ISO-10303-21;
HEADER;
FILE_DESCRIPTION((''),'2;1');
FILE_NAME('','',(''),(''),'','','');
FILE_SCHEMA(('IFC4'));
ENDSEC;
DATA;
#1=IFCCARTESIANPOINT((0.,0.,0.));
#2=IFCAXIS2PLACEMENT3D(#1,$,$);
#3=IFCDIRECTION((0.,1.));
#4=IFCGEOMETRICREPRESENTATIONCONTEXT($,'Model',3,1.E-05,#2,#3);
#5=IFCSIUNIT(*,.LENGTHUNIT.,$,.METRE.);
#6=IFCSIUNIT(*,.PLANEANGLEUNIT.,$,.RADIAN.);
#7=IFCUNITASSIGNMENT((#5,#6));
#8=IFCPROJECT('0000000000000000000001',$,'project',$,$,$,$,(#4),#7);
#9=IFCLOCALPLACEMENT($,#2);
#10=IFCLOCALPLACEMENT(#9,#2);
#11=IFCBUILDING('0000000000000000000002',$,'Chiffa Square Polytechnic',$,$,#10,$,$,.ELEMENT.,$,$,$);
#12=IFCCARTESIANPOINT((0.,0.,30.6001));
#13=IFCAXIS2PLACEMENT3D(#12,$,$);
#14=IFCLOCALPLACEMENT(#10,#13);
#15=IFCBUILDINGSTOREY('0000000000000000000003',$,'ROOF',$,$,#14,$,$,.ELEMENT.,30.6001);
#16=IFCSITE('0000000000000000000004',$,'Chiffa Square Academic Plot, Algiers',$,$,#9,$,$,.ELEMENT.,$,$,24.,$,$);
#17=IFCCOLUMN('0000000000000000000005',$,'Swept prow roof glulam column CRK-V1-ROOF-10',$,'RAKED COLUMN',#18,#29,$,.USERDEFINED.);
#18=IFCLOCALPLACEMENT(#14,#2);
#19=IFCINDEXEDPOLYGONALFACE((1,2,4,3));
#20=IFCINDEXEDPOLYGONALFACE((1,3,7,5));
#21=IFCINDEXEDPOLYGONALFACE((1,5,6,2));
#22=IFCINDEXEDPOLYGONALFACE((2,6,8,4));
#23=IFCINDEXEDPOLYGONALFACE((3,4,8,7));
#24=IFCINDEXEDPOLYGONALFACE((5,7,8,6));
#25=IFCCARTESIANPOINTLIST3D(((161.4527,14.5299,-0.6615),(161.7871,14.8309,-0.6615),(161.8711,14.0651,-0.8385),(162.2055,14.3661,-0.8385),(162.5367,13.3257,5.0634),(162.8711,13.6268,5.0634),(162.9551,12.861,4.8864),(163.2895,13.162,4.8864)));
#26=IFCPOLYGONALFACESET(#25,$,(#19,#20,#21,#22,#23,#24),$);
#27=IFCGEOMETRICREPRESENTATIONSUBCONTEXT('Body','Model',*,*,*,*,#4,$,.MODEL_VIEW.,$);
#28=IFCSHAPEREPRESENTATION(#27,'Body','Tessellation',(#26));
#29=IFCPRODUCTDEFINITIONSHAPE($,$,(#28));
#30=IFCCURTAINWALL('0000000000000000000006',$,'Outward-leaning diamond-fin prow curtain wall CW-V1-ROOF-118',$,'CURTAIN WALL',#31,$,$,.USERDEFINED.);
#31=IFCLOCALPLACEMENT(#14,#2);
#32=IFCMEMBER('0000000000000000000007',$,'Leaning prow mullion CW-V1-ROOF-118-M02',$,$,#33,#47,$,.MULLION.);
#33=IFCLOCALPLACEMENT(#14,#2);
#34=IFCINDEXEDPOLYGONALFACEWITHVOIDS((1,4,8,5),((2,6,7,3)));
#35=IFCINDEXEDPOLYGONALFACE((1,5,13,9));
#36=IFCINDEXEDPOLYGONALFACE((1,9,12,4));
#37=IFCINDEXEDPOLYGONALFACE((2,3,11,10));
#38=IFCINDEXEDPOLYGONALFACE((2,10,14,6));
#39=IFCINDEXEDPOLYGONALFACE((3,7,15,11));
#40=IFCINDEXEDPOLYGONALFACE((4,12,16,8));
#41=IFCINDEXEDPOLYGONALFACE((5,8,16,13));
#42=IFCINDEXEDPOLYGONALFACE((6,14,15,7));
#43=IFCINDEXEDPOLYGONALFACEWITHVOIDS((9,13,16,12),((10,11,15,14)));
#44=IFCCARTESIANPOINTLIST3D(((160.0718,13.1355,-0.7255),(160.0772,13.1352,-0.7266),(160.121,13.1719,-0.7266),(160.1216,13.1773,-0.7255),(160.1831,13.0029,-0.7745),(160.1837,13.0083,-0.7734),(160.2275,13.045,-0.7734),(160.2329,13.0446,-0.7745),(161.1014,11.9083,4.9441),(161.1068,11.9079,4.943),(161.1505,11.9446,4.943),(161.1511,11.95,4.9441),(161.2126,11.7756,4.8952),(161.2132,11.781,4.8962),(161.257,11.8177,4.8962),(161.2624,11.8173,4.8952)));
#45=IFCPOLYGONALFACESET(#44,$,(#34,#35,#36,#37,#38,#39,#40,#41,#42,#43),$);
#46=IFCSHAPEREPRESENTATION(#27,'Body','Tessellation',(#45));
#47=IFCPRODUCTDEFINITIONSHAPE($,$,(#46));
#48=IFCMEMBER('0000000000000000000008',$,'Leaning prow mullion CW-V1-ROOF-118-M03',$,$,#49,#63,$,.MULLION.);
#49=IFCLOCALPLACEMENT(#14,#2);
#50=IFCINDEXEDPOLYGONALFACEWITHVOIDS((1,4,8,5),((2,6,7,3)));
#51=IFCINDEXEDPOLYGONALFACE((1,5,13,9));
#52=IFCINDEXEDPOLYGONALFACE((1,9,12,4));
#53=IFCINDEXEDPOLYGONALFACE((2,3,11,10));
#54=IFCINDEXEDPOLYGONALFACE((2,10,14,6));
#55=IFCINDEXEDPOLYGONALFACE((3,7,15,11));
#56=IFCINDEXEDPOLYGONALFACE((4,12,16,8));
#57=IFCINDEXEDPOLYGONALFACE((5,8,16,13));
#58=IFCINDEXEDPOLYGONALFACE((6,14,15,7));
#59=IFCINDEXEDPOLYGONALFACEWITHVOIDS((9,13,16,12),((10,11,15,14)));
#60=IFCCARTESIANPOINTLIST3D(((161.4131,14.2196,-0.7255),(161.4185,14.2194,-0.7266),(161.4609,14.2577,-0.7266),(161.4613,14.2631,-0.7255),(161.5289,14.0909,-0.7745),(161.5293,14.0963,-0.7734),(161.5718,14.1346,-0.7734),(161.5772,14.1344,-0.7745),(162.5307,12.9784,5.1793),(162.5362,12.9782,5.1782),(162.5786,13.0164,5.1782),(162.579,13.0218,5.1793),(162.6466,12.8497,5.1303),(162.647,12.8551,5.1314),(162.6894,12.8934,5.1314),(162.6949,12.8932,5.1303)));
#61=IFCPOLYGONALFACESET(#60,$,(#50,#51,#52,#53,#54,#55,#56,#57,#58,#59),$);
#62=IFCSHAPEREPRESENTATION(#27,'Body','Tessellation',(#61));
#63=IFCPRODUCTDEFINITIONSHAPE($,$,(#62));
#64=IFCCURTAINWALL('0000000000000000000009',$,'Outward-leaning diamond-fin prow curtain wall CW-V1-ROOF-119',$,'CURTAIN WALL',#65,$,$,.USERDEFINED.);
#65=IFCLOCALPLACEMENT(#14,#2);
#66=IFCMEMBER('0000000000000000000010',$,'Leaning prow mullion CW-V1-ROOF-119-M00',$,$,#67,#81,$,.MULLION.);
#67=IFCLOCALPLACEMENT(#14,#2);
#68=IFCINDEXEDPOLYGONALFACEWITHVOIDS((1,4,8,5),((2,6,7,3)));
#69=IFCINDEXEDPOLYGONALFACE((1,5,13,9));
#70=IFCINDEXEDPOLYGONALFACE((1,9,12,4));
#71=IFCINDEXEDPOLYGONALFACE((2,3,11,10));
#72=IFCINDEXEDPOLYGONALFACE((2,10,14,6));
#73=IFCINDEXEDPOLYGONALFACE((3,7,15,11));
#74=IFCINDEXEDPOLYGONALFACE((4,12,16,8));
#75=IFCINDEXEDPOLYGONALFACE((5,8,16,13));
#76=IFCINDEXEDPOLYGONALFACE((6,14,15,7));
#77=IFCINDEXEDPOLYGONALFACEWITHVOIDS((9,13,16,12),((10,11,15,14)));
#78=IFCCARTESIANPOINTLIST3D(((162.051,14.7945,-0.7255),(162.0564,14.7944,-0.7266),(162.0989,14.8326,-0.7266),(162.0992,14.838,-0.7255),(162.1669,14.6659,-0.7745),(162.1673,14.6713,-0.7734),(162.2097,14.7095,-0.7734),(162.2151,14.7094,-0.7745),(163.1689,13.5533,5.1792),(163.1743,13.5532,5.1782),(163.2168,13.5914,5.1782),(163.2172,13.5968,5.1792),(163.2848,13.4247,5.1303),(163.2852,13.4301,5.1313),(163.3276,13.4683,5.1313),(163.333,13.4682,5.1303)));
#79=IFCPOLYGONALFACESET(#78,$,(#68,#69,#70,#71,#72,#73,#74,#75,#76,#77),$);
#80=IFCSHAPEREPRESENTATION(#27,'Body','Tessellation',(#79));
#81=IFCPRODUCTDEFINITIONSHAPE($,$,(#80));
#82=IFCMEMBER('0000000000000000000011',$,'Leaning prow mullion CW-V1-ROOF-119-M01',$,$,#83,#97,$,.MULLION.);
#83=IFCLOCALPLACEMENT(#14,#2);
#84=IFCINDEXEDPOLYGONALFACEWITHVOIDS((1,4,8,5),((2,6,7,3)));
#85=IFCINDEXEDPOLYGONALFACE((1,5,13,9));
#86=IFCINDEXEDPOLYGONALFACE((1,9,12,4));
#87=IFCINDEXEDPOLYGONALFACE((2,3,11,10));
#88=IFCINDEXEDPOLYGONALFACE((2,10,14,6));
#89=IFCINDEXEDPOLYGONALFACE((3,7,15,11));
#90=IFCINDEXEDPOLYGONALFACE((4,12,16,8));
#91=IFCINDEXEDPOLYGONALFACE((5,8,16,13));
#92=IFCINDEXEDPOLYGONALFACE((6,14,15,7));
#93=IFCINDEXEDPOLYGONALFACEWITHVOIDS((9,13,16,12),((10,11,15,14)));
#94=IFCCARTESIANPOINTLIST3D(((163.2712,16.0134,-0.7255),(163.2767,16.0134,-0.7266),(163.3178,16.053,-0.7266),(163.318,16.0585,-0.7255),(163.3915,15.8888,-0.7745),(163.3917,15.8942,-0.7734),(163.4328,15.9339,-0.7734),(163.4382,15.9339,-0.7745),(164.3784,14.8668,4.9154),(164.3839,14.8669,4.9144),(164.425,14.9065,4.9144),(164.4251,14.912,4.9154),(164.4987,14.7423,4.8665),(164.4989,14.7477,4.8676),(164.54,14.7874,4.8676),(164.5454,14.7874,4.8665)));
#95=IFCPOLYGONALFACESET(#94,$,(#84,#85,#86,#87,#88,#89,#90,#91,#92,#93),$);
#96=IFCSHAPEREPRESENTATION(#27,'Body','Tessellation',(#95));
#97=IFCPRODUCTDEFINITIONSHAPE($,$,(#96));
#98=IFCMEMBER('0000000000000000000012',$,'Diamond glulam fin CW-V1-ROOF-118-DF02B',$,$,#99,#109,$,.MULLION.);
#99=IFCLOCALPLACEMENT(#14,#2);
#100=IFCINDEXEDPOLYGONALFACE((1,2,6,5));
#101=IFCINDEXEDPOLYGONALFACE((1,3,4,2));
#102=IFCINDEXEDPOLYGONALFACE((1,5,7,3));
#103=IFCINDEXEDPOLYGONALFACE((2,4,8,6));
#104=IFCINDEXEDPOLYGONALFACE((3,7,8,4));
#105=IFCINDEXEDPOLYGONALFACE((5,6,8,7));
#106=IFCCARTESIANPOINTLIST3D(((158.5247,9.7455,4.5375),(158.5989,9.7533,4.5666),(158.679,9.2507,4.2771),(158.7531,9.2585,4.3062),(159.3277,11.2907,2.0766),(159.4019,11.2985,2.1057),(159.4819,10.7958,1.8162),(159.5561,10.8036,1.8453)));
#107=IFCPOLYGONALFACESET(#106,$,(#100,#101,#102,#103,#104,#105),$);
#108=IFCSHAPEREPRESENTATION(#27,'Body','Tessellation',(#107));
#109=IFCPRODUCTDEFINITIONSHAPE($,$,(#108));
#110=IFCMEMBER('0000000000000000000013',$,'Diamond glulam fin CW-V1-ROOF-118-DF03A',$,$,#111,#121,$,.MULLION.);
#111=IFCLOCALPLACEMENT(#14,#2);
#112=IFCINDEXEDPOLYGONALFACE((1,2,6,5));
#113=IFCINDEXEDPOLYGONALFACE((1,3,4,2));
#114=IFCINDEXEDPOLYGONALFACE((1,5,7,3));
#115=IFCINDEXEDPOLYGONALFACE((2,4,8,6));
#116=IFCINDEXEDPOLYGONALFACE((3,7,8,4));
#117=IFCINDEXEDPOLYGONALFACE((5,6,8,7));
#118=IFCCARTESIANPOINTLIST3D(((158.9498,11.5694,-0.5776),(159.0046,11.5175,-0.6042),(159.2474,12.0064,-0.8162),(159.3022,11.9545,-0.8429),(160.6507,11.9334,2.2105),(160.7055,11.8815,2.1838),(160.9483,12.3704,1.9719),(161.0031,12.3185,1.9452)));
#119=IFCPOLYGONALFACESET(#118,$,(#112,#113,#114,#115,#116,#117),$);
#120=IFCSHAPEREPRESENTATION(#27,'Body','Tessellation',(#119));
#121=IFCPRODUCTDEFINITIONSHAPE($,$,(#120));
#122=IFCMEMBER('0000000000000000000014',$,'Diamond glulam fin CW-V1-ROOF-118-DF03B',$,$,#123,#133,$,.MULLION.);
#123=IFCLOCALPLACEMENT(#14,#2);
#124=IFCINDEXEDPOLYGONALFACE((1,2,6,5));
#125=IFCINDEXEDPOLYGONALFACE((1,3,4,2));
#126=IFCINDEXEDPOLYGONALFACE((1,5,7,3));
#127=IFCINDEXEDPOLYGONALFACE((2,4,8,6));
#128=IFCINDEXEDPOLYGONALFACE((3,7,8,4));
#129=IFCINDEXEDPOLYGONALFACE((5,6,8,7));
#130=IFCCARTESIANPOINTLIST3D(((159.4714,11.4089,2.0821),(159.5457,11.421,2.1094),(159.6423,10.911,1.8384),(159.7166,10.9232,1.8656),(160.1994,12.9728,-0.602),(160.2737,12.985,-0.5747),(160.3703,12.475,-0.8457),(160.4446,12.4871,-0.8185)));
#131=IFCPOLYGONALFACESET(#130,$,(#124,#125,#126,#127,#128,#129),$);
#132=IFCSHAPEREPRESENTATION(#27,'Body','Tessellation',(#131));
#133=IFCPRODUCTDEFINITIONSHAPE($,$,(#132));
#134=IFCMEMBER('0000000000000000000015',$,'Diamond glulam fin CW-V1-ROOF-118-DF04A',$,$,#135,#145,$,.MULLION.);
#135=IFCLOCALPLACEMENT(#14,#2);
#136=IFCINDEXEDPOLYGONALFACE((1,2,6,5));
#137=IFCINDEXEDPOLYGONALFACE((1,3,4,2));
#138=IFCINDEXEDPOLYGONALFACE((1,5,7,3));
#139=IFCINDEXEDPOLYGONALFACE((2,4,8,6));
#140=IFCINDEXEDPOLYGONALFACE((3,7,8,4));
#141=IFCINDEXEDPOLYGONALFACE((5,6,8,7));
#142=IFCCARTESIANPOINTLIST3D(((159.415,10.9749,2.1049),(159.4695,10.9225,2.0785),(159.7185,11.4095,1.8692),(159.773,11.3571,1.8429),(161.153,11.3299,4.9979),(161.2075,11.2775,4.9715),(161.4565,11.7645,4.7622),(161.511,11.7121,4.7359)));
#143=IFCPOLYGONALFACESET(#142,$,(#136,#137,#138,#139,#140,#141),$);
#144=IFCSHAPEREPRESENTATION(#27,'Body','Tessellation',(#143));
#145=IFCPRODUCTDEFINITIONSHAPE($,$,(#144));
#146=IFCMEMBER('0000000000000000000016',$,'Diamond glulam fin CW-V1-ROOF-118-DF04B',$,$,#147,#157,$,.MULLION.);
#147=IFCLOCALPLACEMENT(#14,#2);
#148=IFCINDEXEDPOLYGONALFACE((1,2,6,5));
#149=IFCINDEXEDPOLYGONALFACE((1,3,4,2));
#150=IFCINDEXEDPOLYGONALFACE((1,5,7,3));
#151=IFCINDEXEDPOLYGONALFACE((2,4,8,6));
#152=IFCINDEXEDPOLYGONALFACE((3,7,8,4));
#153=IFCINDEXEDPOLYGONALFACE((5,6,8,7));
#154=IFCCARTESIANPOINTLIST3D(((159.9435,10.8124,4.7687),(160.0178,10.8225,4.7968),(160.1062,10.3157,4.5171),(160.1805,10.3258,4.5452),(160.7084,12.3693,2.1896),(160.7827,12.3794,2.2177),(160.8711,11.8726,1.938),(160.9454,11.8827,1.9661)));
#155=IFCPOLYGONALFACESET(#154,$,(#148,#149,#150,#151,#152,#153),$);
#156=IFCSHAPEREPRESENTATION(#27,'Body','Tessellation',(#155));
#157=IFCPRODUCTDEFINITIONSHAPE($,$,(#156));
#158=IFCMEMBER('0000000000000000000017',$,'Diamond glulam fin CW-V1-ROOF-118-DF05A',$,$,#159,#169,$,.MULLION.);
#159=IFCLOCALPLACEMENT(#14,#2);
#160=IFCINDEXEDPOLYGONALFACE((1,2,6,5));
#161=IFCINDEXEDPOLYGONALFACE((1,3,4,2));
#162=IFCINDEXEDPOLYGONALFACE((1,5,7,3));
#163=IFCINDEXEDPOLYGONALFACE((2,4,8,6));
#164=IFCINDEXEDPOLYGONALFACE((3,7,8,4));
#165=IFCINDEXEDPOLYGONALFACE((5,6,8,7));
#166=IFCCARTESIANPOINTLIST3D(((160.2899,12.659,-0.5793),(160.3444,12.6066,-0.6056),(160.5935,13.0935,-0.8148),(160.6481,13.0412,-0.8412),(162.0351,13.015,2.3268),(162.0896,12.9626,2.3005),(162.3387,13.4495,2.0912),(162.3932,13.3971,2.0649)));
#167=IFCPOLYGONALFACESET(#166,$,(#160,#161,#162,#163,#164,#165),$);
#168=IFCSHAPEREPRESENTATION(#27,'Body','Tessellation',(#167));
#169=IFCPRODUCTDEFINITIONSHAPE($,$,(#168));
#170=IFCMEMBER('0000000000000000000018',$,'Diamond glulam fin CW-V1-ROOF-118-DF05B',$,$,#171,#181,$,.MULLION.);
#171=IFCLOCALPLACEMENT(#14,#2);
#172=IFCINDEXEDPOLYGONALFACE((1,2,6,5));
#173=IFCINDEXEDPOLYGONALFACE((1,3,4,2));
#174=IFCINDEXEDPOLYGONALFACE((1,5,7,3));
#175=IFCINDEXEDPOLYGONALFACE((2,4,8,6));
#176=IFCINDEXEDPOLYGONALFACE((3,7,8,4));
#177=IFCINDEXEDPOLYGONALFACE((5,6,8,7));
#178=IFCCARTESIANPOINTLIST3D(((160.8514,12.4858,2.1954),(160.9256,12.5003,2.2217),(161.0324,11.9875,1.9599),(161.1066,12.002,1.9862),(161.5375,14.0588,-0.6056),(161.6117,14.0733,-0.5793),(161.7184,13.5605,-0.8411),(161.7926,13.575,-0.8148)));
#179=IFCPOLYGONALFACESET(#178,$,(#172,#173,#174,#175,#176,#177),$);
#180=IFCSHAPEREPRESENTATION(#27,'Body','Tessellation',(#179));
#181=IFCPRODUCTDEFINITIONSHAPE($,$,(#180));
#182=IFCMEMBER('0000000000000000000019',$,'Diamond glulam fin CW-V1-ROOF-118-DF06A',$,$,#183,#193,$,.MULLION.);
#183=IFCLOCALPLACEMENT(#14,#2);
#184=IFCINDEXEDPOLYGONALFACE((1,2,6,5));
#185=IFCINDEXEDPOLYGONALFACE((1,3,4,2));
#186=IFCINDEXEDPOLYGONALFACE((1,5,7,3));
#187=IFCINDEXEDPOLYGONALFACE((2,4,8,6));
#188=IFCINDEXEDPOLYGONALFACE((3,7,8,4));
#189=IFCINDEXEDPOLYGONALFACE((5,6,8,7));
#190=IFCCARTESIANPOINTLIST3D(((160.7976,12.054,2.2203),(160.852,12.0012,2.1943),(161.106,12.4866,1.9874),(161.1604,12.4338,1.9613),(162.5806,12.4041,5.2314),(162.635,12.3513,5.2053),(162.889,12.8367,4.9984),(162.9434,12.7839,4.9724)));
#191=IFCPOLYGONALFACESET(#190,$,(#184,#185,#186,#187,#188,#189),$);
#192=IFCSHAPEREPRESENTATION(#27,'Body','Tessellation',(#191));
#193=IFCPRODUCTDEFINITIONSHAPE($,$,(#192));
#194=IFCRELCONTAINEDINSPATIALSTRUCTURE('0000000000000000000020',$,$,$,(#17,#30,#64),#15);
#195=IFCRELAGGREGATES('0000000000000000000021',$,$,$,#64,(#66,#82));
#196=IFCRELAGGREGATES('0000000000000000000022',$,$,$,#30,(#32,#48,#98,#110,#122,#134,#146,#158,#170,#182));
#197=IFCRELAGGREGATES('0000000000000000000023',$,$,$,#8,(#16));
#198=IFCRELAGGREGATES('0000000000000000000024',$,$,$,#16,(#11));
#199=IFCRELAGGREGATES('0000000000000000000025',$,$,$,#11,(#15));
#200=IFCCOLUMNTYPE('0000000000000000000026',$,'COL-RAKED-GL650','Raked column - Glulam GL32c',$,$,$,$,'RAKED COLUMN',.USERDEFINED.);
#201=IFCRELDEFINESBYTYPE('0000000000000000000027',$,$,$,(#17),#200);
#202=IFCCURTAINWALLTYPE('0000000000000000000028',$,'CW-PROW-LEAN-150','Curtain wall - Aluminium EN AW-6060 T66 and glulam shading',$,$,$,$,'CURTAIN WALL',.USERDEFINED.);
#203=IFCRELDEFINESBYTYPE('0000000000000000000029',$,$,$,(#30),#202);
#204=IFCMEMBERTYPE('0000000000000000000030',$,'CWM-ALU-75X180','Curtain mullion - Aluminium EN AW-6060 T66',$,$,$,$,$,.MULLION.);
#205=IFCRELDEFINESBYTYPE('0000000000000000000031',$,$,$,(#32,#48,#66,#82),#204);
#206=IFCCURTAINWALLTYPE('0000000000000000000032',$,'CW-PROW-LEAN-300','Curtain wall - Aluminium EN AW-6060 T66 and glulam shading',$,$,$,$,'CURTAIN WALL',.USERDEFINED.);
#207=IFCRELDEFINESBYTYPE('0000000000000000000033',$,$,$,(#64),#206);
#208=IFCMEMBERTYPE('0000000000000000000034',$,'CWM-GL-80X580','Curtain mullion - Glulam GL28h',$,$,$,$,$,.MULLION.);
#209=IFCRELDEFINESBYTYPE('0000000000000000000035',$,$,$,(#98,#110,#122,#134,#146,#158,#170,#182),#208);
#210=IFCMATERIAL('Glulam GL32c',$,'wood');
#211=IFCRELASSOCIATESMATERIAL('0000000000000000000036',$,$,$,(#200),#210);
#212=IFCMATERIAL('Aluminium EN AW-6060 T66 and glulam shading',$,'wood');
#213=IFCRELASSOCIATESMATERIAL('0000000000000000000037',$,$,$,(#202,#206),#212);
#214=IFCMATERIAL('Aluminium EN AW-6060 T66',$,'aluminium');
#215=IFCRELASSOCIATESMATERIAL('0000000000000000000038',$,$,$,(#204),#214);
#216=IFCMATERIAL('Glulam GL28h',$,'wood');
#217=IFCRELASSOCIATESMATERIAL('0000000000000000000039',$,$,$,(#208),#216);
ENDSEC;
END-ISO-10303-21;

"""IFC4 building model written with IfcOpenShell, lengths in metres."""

from ifc_helpers import new_model, si_unit, direction, frame, origin, origin_2d, place, context, subcontext, project, spatial, rectangle, hollow_rectangle, extrude, material, material_profile, profile_set, type_object, element, aggregate, save


model = new_model("IFC4")

# Units and contexts
model_context = context("Model", 3, precision=1e-05, world=origin(), true_north=direction((0.0, 1.0)))
body_context = subcontext(model_context, "Body", "Model", "MODEL_VIEW")
ifc_project = project(units=[si_unit("LENGTHUNIT", "METRE"), si_unit("PLANEANGLEUNIT", "RADIAN")], contexts=[model_context])

# Site, building, storey
site_placement = place(None, origin())
site = spatial("IfcSite", under=ifc_project, at=site_placement, Name="Chiffa Square Academic Plot, Algiers", CompositionType="ELEMENT", RefElevation=24.0)
building_placement = place(site_placement, origin())
building = spatial("IfcBuilding", under=site, at=building_placement, Name="Chiffa Square Polytechnic", CompositionType="ELEMENT")
storey_placement = place(building_placement, frame((0.0, 0.0, 30.6001)))
storey = spatial("IfcBuildingStorey", under=building, at=storey_placement, Name="ROOF", CompositionType="ELEMENT", Elevation=30.6001)

# Column
ifc_material_1 = material(Name="Glulam GL32c", Category="wood")
ifc_material_profile_1 = material_profile(ifc_material_1, rectangle(XDim=0.45, YDim=0.6499, at=origin_2d()), Name="GL32c 450x650")
ifc_profile_set_1 = profile_set([ifc_material_profile_1], Name="Glulam GL32c")
column_type = type_object("IfcColumnType", Name="COL-RAKED-GL650", Description="Raked column - Glulam GL32c", ElementType="RAKED COLUMN", PredefinedType="USERDEFINED", material=ifc_profile_set_1)
column_placement = place(storey_placement, frame((161.8291, 14.448, -0.75), z_axis=(0.182192, -0.20238, 0.96221), x_axis=(0.743204, 0.669065, 0.0)))
element("IfcColumn", 1, at=column_placement, inside=storey, type_object=column_type, Name="Swept prow roof glulam column CRK-V1-ROOF-10", ObjectType="RAKED COLUMN", PredefinedType="USERDEFINED", context=body_context, shape_type="SweptSolid", body=[
    extrude(rectangle(XDim=0.45, YDim=0.6499, at=origin_2d()), origin(), (0.0, 0.0, 1.0), 5.9497),
])

# Curtain walls, members
ifc_material_2 = material(Name="Aluminium EN AW-6060 T66 and glulam shading", Category="wood")
curtain_wall_type_1 = type_object("IfcCurtainWallType", Name="CW-PROW-LEAN-150", Description="Curtain wall - Aluminium EN AW-6060 T66 and glulam shading", ElementType="CURTAIN WALL", PredefinedType="USERDEFINED", material=ifc_material_2)
curtain_wall_1_placement = place(storey_placement, origin())
curtain_wall_1 = element("IfcCurtainWall", 2, at=curtain_wall_1_placement, inside=storey, type_object=curtain_wall_type_1, Name="Outward-leaning diamond-fin prow curtain wall CW-V1-ROOF-118", ObjectType="CURTAIN WALL", PredefinedType="USERDEFINED")
ifc_material_3 = material(Name="Aluminium EN AW-6060 T66", Category="aluminium")
ifc_material_profile_2 = material_profile(ifc_material_3, hollow_rectangle(XDim=0.0649, YDim=0.1799, WallThickness=0.0039, at=origin_2d()), Name="ALU 65x180x4")
ifc_profile_set_2 = profile_set([ifc_material_profile_2], Name="Aluminium EN AW-6060 T66")
member_type_1 = type_object("IfcMemberType", Name="CWM-ALU-75X180", Description="Curtain mullion - Aluminium EN AW-6060 T66", PredefinedType="MULLION", material=ifc_profile_set_2)
member_1_placement = place(storey_placement, frame((160.1523, 13.0901, -0.75), z_axis=(0.174746, -0.208311, 0.962325), x_axis=(0.766131, 0.642684, 0.0)))
member_1 = element("IfcMember", 3, at=member_1_placement, type_object=member_type_1, Name="Leaning prow mullion CW-V1-ROOF-118-M02", PredefinedType="MULLION", context=body_context, shape_type="SweptSolid", body=[
    extrude(hollow_rectangle(XDim=0.0649, YDim=0.1799, WallThickness=0.0039, at=origin_2d()), origin(), (0.0, 0.0, 1.0), 5.8916),
])
member_2_placement = place(storey_placement, frame((161.4951, 14.177, -0.75), z_axis=(0.182137, -0.202268, 0.962244), x_axis=(0.74312, 0.669159, 0.0)))
member_2 = element("IfcMember", 4, at=member_2_placement, type_object=member_type_1, Name="Leaning prow mullion CW-V1-ROOF-118-M03", PredefinedType="MULLION", context=body_context, shape_type="SweptSolid", body=[
    extrude(hollow_rectangle(XDim=0.0649, YDim=0.1799, WallThickness=0.0039, at=origin_2d()), origin(), (0.0, 0.0, 1.0), 6.1365),
])
curtain_wall_type_2 = type_object("IfcCurtainWallType", Name="CW-PROW-LEAN-300", Description="Curtain wall - Aluminium EN AW-6060 T66 and glulam shading", ElementType="CURTAIN WALL", PredefinedType="USERDEFINED", material=ifc_material_2)
curtain_wall_2_placement = place(storey_placement, origin())
curtain_wall_2 = element("IfcCurtainWall", 5, at=curtain_wall_2_placement, inside=storey, type_object=curtain_wall_type_2, Name="Outward-leaning diamond-fin prow curtain wall CW-V1-ROOF-119", ObjectType="CURTAIN WALL", PredefinedType="USERDEFINED")
member_3_placement = place(storey_placement, frame((162.1331, 14.752, -0.75), z_axis=(0.182175, -0.202266, 0.962237), x_axis=(0.743047, 0.669239, 0.0)))
member_3 = element("IfcMember", 6, at=member_3_placement, type_object=member_type_1, Name="Leaning prow mullion CW-V1-ROOF-119-M00", PredefinedType="MULLION", context=body_context, shape_type="SweptSolid", body=[
    extrude(hollow_rectangle(XDim=0.0649, YDim=0.1799, WallThickness=0.0039, at=origin_2d()), origin(), (0.0, 0.0, 1.0), 6.1365),
])
member_4_placement = place(storey_placement, frame((163.3547, 15.9736, -0.75), z_axis=(0.188883, -0.195589, 0.962324), x_axis=(0.71933, 0.694668, 0.0)))
member_4 = element("IfcMember", 7, at=member_4_placement, type_object=member_type_1, Name="Leaning prow mullion CW-V1-ROOF-119-M01", PredefinedType="MULLION", context=body_context, shape_type="SweptSolid", body=[
    extrude(hollow_rectangle(XDim=0.0649, YDim=0.1799, WallThickness=0.0039, at=origin_2d()), origin(), (0.0, 0.0, 1.0), 5.8618),
])

# Members
ifc_material_4 = material(Name="Glulam GL28h", Category="wood")
ifc_material_profile_3 = material_profile(ifc_material_4, rectangle(XDim=0.0801, YDim=0.5801, at=origin_2d()), Name="GL28h 80x580")
ifc_profile_set_3 = profile_set([ifc_material_profile_3], Name="Glulam GL28h")
member_type_2 = type_object("IfcMemberType", Name="CWM-GL-80X580", Description="Curtain mullion - Glulam GL28h", PredefinedType="MULLION", material=ifc_profile_set_3)
member_5_placement = place(storey_placement, frame((159.4419, 11.0471, 1.9609), z_axis=(-0.266353, -0.512541, 0.816308), x_axis=(0.926477, 0.097481, 0.363506)))
member_5 = element("IfcMember", 8, at=member_5_placement, type_object=member_type_2, Name="Diamond glulam fin CW-V1-ROOF-118-DF02B", PredefinedType="MULLION", context=body_context, shape_type="SweptSolid", body=[
    extrude(rectangle(XDim=0.0801, YDim=0.5801, at=origin_2d()), origin(), (0.0, 0.0, 1.0), 3.0146),
])
member_6_placement = place(storey_placement, frame((159.126, 11.762, -0.7102), z_axis=(0.517598, 0.110771, 0.848424), x_axis=(-0.684741, 0.648203, 0.333111)))
member_6 = element("IfcMember", 9, at=member_6_placement, type_object=member_type_2, Name="Diamond glulam fin CW-V1-ROOF-118-DF03A", PredefinedType="MULLION", context=body_context, shape_type="SweptSolid", body=[
    extrude(rectangle(XDim=0.0801, YDim=0.5801, at=origin_2d()), origin(), (0.0, 0.0, 1.0), 3.2861),
])
member_7_placement = place(storey_placement, frame((160.322, 12.73, -0.7102), z_axis=(-0.228175, -0.49017, 0.841231), x_axis=(0.927969, 0.151982, 0.340258)))
member_7 = element("IfcMember", 10, at=member_7_placement, type_object=member_type_2, Name="Diamond glulam fin CW-V1-ROOF-118-DF03B", PredefinedType="MULLION", context=body_context, shape_type="SweptSolid", body=[
    extrude(rectangle(XDim=0.0801, YDim=0.5801, at=origin_2d()), origin(), (0.0, 0.0, 1.0), 3.1907),
])
member_8_placement = place(storey_placement, frame((159.594, 11.166, 1.9739), z_axis=(0.512149, 0.104602, 0.852503), x_axis=(-0.681161, 0.654068, 0.32896)))
member_8 = element("IfcMember", 11, at=member_8_placement, type_object=member_type_2, Name="Diamond glulam fin CW-V1-ROOF-118-DF04A", PredefinedType="MULLION", context=body_context, shape_type="SweptSolid", body=[
    extrude(rectangle(XDim=0.0801, YDim=0.5801, at=origin_2d()), origin(), (0.0, 0.0, 1.0), 3.3936),
])
member_9_placement = place(storey_placement, frame((160.8269, 12.126, 2.0779), z_axis=(-0.246091, -0.500901, 0.829782), x_axis=(0.927777, 0.126003, 0.351216)))
member_9 = element("IfcMember", 12, at=member_9_placement, type_object=member_type_2, Name="Diamond glulam fin CW-V1-ROOF-118-DF04B", PredefinedType="MULLION", context=body_context, shape_type="SweptSolid", body=[
    extrude(rectangle(XDim=0.0801, YDim=0.5801, at=origin_2d()), origin(), (0.0, 0.0, 1.0), 3.1082),
])
member_10_placement = place(storey_placement, frame((160.469, 12.8501, -0.7102), z_axis=(0.512009, 0.104436, 0.852608), x_axis=(-0.681057, 0.65423, 0.328852)))
member_10 = element("IfcMember", 13, at=member_10_placement, type_object=member_type_2, Name="Diamond glulam fin CW-V1-ROOF-118-DF05A", PredefinedType="MULLION", context=body_context, shape_type="SweptSolid", body=[
    extrude(rectangle(XDim=0.0801, YDim=0.5801, at=origin_2d()), origin(), (0.0, 0.0, 1.0), 3.4084),
])
member_11_placement = place(storey_placement, frame((161.665, 13.8169, -0.7102), z_axis=(-0.208844, -0.478854, 0.852692), x_axis=(0.926866, 0.181195, 0.328766)))
member_11 = element("IfcMember", 14, at=member_11_placement, type_object=member_type_2, Name="Diamond glulam fin CW-V1-ROOF-118-DF05B", PredefinedType="MULLION", context=body_context, shape_type="SweptSolid", body=[
    extrude(rectangle(XDim=0.0801, YDim=0.5801, at=origin_2d()), origin(), (0.0, 0.0, 1.0), 3.2849),
])
member_12_placement = place(storey_placement, frame((160.979, 12.2439, 2.0908), z_axis=(0.50699, 0.099551, 0.856184), x_axis=(-0.678457, 0.658766, 0.325152)))
member_12 = element("IfcMember", 15, at=member_12_placement, type_object=member_type_2, Name="Diamond glulam fin CW-V1-ROOF-118-DF06A", PredefinedType="MULLION", context=body_context, shape_type="SweptSolid", body=[
    extrude(rectangle(XDim=0.0801, YDim=0.5801, at=origin_2d()), origin(), (0.0, 0.0, 1.0), 3.5168),
])

aggregate(curtain_wall_2, [member_3, member_4])
aggregate(curtain_wall_1, [member_1, member_2, member_5, member_6, member_7, member_8, member_9, member_10, member_11, member_12])

save(model, "model.ifc")
